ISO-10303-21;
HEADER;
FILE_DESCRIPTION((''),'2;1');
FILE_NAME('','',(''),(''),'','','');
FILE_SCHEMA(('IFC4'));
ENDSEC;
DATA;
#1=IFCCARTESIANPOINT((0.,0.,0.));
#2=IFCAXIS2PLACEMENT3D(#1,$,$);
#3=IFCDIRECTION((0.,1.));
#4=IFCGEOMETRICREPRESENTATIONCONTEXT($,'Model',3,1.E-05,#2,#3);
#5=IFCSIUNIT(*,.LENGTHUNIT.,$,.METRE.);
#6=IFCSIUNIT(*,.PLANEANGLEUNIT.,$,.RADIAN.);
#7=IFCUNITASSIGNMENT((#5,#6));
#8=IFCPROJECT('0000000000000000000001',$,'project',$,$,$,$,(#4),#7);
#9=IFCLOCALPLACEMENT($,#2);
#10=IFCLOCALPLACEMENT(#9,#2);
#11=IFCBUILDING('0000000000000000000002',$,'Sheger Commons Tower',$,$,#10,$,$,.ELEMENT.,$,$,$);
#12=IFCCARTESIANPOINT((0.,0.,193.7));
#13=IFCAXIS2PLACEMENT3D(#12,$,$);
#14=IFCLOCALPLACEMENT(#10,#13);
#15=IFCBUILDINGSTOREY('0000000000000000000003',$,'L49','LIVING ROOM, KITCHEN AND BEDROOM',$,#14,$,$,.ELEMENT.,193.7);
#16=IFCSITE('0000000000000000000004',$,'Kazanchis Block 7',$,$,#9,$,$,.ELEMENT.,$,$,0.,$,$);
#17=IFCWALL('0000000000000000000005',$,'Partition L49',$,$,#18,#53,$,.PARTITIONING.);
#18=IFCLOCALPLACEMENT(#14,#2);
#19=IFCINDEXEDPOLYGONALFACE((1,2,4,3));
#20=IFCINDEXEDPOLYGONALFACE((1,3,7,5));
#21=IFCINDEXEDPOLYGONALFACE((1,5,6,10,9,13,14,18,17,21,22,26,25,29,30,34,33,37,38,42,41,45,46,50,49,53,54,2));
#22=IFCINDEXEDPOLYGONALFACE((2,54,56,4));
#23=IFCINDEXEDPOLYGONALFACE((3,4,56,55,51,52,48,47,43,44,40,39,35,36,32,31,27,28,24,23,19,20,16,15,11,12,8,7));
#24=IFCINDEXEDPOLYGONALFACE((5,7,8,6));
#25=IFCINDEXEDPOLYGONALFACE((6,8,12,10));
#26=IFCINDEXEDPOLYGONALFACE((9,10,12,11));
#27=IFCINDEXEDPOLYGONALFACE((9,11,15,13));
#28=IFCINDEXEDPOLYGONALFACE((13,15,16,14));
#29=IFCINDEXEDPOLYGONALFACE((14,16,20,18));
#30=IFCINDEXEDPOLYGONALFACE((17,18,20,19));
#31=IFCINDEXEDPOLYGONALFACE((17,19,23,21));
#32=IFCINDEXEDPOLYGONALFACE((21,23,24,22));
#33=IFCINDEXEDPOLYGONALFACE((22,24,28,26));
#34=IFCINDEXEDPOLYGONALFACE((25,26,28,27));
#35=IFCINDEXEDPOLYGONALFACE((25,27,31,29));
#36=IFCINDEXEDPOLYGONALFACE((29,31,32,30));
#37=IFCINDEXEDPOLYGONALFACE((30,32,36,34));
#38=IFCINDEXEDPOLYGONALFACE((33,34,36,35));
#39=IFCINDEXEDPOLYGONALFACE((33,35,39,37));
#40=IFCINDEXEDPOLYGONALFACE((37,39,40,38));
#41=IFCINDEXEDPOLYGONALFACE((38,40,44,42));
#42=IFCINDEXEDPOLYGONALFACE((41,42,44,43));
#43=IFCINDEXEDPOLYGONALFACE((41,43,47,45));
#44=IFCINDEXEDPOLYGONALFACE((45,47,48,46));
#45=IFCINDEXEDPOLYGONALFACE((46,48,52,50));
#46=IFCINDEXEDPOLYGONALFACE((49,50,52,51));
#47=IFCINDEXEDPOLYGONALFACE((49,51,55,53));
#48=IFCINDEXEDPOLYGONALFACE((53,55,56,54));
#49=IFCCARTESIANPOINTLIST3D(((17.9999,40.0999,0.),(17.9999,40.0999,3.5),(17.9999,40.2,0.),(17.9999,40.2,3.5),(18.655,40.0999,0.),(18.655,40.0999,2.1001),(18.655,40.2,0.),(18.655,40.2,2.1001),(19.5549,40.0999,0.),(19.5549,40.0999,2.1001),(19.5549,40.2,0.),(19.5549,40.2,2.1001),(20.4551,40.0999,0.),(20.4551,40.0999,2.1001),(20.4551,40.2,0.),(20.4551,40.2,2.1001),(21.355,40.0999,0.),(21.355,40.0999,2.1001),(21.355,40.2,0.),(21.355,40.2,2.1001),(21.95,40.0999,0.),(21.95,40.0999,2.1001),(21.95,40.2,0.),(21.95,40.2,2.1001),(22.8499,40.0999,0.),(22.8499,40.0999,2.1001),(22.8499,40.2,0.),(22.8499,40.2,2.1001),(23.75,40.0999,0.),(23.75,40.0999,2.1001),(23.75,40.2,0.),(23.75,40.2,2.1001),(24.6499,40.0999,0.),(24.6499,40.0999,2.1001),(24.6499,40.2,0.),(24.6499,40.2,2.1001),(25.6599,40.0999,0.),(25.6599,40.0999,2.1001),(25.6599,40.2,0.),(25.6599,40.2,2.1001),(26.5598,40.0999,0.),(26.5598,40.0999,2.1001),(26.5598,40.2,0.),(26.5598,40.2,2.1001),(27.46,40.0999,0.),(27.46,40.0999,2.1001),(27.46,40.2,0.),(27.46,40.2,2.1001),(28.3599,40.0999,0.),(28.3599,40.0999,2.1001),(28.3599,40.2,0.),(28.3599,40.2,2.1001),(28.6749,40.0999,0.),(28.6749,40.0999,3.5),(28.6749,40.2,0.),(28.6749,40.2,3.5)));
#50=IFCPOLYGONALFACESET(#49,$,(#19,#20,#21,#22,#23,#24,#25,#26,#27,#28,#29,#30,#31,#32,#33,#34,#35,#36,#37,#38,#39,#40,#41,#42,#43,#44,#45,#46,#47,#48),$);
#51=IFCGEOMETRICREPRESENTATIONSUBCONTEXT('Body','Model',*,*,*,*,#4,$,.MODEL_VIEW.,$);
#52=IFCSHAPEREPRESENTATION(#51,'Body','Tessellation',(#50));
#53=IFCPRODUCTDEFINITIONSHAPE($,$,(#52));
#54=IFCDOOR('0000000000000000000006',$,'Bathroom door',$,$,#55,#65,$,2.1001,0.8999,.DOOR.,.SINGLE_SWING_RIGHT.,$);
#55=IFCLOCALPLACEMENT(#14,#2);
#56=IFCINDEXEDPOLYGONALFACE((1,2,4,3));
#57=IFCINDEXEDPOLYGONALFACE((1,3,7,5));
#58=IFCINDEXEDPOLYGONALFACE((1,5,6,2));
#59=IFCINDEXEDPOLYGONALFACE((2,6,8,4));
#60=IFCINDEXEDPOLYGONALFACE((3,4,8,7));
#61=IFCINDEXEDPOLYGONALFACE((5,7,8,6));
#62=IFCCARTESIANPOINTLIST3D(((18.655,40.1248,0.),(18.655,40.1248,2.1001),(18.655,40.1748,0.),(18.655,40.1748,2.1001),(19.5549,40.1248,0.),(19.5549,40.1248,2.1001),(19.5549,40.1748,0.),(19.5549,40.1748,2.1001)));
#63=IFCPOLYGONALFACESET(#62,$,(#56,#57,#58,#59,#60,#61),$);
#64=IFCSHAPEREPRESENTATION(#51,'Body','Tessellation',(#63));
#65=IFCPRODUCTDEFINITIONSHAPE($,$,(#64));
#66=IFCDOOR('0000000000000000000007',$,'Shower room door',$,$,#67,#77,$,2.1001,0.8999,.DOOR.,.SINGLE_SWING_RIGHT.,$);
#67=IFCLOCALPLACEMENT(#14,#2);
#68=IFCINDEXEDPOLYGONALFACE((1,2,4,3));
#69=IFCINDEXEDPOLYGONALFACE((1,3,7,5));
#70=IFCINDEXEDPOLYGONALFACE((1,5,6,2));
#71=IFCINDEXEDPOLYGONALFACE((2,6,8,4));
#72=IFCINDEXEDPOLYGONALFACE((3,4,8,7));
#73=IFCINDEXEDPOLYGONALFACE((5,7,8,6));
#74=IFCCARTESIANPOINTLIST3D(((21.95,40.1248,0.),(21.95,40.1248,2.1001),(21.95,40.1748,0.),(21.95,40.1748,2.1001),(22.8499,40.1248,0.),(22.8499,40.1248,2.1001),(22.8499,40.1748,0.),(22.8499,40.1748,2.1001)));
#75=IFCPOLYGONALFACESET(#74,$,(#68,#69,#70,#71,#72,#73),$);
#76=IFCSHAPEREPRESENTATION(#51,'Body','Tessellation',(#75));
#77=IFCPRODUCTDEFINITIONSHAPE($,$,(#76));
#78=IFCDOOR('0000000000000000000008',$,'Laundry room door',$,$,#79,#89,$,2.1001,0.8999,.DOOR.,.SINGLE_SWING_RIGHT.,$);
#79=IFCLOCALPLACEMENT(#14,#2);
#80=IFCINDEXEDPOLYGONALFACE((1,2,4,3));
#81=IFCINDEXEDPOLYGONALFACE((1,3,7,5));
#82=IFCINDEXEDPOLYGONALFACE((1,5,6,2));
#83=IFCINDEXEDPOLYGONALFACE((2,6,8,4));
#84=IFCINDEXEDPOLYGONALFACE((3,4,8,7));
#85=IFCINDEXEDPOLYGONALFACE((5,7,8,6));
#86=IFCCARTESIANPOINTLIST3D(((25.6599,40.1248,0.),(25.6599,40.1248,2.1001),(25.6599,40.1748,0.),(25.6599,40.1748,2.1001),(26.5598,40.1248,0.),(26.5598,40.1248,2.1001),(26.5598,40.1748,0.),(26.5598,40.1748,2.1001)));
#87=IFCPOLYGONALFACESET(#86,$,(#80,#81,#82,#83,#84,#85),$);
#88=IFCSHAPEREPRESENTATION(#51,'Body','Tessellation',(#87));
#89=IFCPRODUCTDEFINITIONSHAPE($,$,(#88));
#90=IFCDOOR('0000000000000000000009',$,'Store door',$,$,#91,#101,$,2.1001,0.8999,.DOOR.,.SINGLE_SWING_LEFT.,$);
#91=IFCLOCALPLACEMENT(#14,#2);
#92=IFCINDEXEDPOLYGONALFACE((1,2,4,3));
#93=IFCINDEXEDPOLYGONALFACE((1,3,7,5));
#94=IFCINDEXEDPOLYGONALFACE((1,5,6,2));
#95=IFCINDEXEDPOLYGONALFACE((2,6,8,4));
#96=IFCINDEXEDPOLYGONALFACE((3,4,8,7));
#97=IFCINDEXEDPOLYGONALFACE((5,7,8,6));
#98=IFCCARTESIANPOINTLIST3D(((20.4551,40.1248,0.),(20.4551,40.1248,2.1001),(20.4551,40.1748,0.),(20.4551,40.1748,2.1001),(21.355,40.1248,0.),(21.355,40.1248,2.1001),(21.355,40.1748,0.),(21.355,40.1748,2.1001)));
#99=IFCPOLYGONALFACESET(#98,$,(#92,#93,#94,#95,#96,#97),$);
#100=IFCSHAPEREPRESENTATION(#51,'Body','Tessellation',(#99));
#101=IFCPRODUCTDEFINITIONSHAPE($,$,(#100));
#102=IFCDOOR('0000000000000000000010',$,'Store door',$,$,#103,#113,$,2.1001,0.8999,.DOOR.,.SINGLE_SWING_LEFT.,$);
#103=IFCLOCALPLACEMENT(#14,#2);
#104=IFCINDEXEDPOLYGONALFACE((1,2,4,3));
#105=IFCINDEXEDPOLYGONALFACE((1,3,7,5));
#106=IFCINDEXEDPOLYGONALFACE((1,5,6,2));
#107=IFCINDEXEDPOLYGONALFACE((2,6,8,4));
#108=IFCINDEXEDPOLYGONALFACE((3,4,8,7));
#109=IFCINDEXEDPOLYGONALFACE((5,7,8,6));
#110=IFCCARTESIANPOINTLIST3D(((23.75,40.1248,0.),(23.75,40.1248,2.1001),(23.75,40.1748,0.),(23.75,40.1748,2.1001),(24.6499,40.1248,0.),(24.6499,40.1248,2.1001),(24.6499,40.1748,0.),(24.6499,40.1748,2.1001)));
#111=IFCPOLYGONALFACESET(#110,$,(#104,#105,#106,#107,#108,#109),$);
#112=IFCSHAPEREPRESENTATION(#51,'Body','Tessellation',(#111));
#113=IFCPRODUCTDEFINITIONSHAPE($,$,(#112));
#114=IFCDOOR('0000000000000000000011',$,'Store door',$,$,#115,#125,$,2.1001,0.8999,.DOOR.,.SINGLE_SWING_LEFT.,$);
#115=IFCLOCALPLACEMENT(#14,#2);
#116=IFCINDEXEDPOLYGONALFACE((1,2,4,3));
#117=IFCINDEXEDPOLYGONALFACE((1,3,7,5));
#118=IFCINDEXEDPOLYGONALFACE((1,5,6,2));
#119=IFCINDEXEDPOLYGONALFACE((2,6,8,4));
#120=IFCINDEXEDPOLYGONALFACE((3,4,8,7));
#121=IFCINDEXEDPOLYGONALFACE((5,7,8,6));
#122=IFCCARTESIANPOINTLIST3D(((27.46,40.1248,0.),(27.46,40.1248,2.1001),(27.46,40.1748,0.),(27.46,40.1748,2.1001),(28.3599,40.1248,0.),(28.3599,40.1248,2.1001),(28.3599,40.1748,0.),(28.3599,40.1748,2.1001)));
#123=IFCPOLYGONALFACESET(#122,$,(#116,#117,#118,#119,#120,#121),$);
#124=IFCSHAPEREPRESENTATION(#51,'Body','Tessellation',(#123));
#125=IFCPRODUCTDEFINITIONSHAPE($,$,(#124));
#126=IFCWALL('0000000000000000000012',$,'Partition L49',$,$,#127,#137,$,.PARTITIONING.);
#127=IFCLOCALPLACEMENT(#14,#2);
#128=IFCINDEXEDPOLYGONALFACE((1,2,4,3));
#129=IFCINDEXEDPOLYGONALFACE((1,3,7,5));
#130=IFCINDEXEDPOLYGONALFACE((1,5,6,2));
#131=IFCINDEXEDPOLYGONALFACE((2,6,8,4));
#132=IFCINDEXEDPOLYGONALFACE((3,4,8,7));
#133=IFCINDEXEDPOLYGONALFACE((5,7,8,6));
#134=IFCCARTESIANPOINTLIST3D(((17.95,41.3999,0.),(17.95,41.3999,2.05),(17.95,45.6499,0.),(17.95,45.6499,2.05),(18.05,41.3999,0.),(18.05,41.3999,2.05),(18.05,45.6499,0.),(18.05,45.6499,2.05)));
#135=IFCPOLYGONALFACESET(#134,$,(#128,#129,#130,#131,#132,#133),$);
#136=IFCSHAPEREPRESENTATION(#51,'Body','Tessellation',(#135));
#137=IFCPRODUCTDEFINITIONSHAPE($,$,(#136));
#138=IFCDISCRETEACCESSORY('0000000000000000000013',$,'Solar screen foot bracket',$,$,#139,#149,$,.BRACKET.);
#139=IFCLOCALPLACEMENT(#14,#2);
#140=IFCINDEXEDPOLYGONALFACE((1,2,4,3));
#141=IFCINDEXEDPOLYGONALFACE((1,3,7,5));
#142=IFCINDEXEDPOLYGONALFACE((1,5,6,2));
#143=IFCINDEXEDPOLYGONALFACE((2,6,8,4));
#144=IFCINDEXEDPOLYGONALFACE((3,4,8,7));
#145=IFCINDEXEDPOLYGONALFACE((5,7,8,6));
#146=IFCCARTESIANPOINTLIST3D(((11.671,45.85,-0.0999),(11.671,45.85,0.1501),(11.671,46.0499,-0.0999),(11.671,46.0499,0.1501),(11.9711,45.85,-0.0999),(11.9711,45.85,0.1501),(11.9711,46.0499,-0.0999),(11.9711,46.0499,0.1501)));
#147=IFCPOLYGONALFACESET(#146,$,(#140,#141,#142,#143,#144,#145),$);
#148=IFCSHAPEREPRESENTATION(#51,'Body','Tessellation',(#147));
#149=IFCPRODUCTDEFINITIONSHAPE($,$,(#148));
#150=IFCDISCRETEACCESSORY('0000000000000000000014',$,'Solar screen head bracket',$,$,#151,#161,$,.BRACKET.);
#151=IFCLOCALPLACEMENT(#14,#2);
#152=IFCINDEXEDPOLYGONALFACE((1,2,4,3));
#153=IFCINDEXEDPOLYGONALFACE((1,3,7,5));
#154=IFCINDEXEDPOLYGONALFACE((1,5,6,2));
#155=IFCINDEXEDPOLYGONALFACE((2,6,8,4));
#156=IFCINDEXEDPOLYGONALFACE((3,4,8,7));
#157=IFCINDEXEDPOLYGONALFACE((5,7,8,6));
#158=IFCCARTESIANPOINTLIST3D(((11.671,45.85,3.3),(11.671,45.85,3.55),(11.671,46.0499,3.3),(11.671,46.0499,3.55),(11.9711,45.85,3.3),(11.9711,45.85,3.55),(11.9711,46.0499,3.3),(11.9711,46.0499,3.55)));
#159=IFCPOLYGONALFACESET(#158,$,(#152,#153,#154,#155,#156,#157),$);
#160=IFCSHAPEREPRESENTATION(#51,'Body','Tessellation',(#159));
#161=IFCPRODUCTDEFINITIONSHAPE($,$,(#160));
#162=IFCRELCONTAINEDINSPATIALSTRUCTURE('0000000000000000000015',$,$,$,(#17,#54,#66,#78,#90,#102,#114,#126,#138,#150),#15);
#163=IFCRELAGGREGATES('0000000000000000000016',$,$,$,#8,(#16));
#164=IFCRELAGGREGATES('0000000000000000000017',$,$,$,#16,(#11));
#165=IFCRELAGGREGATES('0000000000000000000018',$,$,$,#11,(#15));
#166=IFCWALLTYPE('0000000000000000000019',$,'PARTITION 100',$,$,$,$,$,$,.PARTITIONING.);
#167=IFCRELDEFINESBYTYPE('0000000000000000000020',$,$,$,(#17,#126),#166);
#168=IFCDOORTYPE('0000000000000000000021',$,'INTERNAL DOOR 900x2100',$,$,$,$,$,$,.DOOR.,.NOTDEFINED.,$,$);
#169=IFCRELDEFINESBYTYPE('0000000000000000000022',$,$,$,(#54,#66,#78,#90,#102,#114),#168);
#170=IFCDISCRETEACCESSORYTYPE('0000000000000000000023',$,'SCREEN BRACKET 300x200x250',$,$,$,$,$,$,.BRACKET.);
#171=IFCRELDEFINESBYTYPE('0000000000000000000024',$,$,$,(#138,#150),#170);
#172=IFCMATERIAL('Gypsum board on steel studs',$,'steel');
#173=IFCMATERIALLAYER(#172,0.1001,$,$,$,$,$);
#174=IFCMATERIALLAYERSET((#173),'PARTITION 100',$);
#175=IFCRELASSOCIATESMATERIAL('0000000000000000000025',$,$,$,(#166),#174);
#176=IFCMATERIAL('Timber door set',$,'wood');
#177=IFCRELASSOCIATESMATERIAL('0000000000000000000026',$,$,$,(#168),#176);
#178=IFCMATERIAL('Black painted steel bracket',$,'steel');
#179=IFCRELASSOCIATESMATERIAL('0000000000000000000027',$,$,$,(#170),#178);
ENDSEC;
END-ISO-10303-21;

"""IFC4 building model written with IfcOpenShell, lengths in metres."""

from ifc_helpers import new_model, si_unit, direction, frame, frame_2d, origin, origin_2d, place, context, subcontext, project, spatial, rectangle, extrude, material, layer, layer_set, type_object, element, fill, save


model = new_model("IFC4")

# Units and contexts
model_context = context("Model", 3, precision=1e-05, world=origin(), true_north=direction((0.0, 1.0)))
body_context = subcontext(model_context, "Body", "Model", "MODEL_VIEW")
ifc_project = project(units=[si_unit("LENGTHUNIT", "METRE"), si_unit("PLANEANGLEUNIT", "RADIAN")], contexts=[model_context])

# Site, building, storey
site_placement = place(None, origin())
site = spatial("IfcSite", under=ifc_project, at=site_placement, Name="Kazanchis Block 7", CompositionType="ELEMENT", RefElevation=0.0)
building_placement = place(site_placement, origin())
building = spatial("IfcBuilding", under=site, at=building_placement, Name="Sheger Commons Tower", CompositionType="ELEMENT")
storey_placement = place(building_placement, frame((0.0, 0.0, 193.7)))
storey = spatial("IfcBuildingStorey", under=building, at=storey_placement, Name="L49", Description="LIVING ROOM, KITCHEN AND BEDROOM", CompositionType="ELEMENT", Elevation=193.7)

# Wall, openings, doors
ifc_material_1 = material(Name="Gypsum board on steel studs", Category="steel")
ifc_layer_1 = layer(ifc_material_1, 0.1001)
ifc_layer_set_1 = layer_set([ifc_layer_1], Name="PARTITION 100")
wall_type_1 = type_object("IfcWallType", Name="PARTITION 100", PredefinedType="PARTITIONING", material=ifc_layer_set_1)
ifc_material_2 = material(Name="Timber door set", Category="wood")
door_type = type_object("IfcDoorType", Name="INTERNAL DOOR 900x2100", OperationType="NOTDEFINED", PredefinedType="DOOR", material=ifc_material_2)
wall_1_placement = place(storey_placement, frame((18.0, 40.1499, 0.0), z_axis=(0.0, 0.0, 1.0), x_axis=(1.0, 0.0, 0.0)))
wall_1 = element("IfcWall", 1, at=wall_1_placement, inside=storey, type_object=wall_type_1, Name="Partition L49", PredefinedType="PARTITIONING", context=body_context, shape_type="SweptSolid", body=[
    extrude(rectangle(XDim=10.675, YDim=0.1001, at=frame_2d((5.3374, 0.0))), origin(), (0.0, 0.0, 1.0), 3.5),
])
opening_1_placement = place(wall_1_placement, frame((0.655, 0.0, 0.0)))
opening_1 = element("IfcOpeningElement", 2, at=opening_1_placement, cuts=wall_1, PredefinedType="OPENING", context=body_context, shape_type="SweptSolid", body=[
    extrude(rectangle(XDim=0.8999, YDim=2.1001, at=frame_2d((0.45, 1.05))), frame((0.0, 0.0601, 0.0), z_axis=(0.0, -1.0, 0.0), x_axis=(1.0, 0.0, 0.0)), (0.0, 0.0, 1.0), 0.1201),
])
opening_2_placement = place(wall_1_placement, frame((3.95, 0.0, 0.0)))
opening_2 = element("IfcOpeningElement", 3, at=opening_2_placement, cuts=wall_1, PredefinedType="OPENING", context=body_context, shape_type="SweptSolid", body=[
    extrude(rectangle(XDim=0.8999, YDim=2.1001, at=frame_2d((0.45, 1.05))), frame((0.0, 0.0601, 0.0), z_axis=(0.0, -1.0, 0.0), x_axis=(1.0, 0.0, 0.0)), (0.0, 0.0, 1.0), 0.1201),
])
opening_3_placement = place(wall_1_placement, frame((7.6599, 0.0, 0.0)))
opening_3 = element("IfcOpeningElement", 4, at=opening_3_placement, cuts=wall_1, PredefinedType="OPENING", context=body_context, shape_type="SweptSolid", body=[
    extrude(rectangle(XDim=0.8999, YDim=2.1001, at=frame_2d((0.45, 1.05))), frame((0.0, 0.0601, 0.0), z_axis=(0.0, -1.0, 0.0), x_axis=(1.0, 0.0, 0.0)), (0.0, 0.0, 1.0), 0.1201),
])
opening_4_placement = place(wall_1_placement, frame((2.4551, 0.0, 0.0)))
opening_4 = element("IfcOpeningElement", 5, at=opening_4_placement, cuts=wall_1, PredefinedType="OPENING", context=body_context, shape_type="SweptSolid", body=[
    extrude(rectangle(XDim=0.8999, YDim=2.1001, at=frame_2d((0.45, 1.05))), frame((0.0, 0.0601, 0.0), z_axis=(0.0, -1.0, 0.0), x_axis=(1.0, 0.0, 0.0)), (0.0, 0.0, 1.0), 0.1201),
])
opening_5_placement = place(wall_1_placement, frame((5.75, 0.0, 0.0)))
opening_5 = element("IfcOpeningElement", 6, at=opening_5_placement, cuts=wall_1, PredefinedType="OPENING", context=body_context, shape_type="SweptSolid", body=[
    extrude(rectangle(XDim=0.8999, YDim=2.1001, at=frame_2d((0.45, 1.05))), frame((0.0, 0.0601, 0.0), z_axis=(0.0, -1.0, 0.0), x_axis=(1.0, 0.0, 0.0)), (0.0, 0.0, 1.0), 0.1201),
])
opening_6_placement = place(wall_1_placement, frame((9.46, 0.0, 0.0)))
opening_6 = element("IfcOpeningElement", 7, at=opening_6_placement, cuts=wall_1, PredefinedType="OPENING", context=body_context, shape_type="SweptSolid", body=[
    extrude(rectangle(XDim=0.8999, YDim=2.1001, at=frame_2d((0.45, 1.05))), frame((0.0, 0.0601, 0.0), z_axis=(0.0, -1.0, 0.0), x_axis=(1.0, 0.0, 0.0)), (0.0, 0.0, 1.0), 0.1201),
])
door_1_placement = place(opening_1_placement, origin())
door_1 = element("IfcDoor", 8, at=door_1_placement, inside=storey, type_object=door_type, Name="Bathroom door", OperationType="SINGLE_SWING_RIGHT", OverallHeight=2.1001, OverallWidth=0.8999, PredefinedType="DOOR", context=body_context, shape_type="SweptSolid", body=[
    extrude(rectangle(XDim=0.8999, YDim=2.1001, at=frame_2d((0.45, 1.05))), frame((0.0, 0.0249, 0.0), z_axis=(0.0, -1.0, 0.0), x_axis=(1.0, 0.0, 0.0)), (0.0, 0.0, 1.0), 0.05),
])
fill(opening_1, door_1)
door_2_placement = place(opening_2_placement, origin())
door_2 = element("IfcDoor", 9, at=door_2_placement, inside=storey, type_object=door_type, Name="Shower room door", OperationType="SINGLE_SWING_RIGHT", OverallHeight=2.1001, OverallWidth=0.8999, PredefinedType="DOOR", context=body_context, shape_type="SweptSolid", body=[
    extrude(rectangle(XDim=0.8999, YDim=2.1001, at=frame_2d((0.45, 1.05))), frame((0.0, 0.0249, 0.0), z_axis=(0.0, -1.0, 0.0), x_axis=(1.0, 0.0, 0.0)), (0.0, 0.0, 1.0), 0.05),
])
fill(opening_2, door_2)
door_3_placement = place(opening_3_placement, origin())
door_3 = element("IfcDoor", 10, at=door_3_placement, inside=storey, type_object=door_type, Name="Laundry room door", OperationType="SINGLE_SWING_RIGHT", OverallHeight=2.1001, OverallWidth=0.8999, PredefinedType="DOOR", context=body_context, shape_type="SweptSolid", body=[
    extrude(rectangle(XDim=0.8999, YDim=2.1001, at=frame_2d((0.45, 1.05))), frame((0.0, 0.0249, 0.0), z_axis=(0.0, -1.0, 0.0), x_axis=(1.0, 0.0, 0.0)), (0.0, 0.0, 1.0), 0.05),
])
fill(opening_3, door_3)
door_4_placement = place(opening_4_placement, origin())
door_4 = element("IfcDoor", 11, at=door_4_placement, inside=storey, type_object=door_type, Name="Store door", OperationType="SINGLE_SWING_LEFT", OverallHeight=2.1001, OverallWidth=0.8999, PredefinedType="DOOR", context=body_context, shape_type="SweptSolid", body=[
    extrude(rectangle(XDim=0.8999, YDim=2.1001, at=frame_2d((0.45, 1.05))), frame((0.0, 0.0249, 0.0), z_axis=(0.0, -1.0, 0.0), x_axis=(1.0, 0.0, 0.0)), (0.0, 0.0, 1.0), 0.05),
])
fill(opening_4, door_4)
door_5_placement = place(opening_5_placement, origin())
door_5 = element("IfcDoor", 12, at=door_5_placement, inside=storey, type_object=door_type, Name="Store door", OperationType="SINGLE_SWING_LEFT", OverallHeight=2.1001, OverallWidth=0.8999, PredefinedType="DOOR", context=body_context, shape_type="SweptSolid", body=[
    extrude(rectangle(XDim=0.8999, YDim=2.1001, at=frame_2d((0.45, 1.05))), frame((0.0, 0.0249, 0.0), z_axis=(0.0, -1.0, 0.0), x_axis=(1.0, 0.0, 0.0)), (0.0, 0.0, 1.0), 0.05),
])
fill(opening_5, door_5)
door_6_placement = place(opening_6_placement, origin())
door_6 = element("IfcDoor", 13, at=door_6_placement, inside=storey, type_object=door_type, Name="Store door", OperationType="SINGLE_SWING_LEFT", OverallHeight=2.1001, OverallWidth=0.8999, PredefinedType="DOOR", context=body_context, shape_type="SweptSolid", body=[
    extrude(rectangle(XDim=0.8999, YDim=2.1001, at=frame_2d((0.45, 1.05))), frame((0.0, 0.0249, 0.0), z_axis=(0.0, -1.0, 0.0), x_axis=(1.0, 0.0, 0.0)), (0.0, 0.0, 1.0), 0.05),
])
fill(opening_6, door_6)

# Wall
wall_2_placement = place(storey_placement, frame((18.0, 41.3999, 0.0), z_axis=(0.0, 0.0, 1.0), x_axis=(0.0, 1.0, 0.0)))
element("IfcWall", 14, at=wall_2_placement, inside=storey, type_object=wall_type_1, Name="Partition L49", PredefinedType="PARTITIONING", context=body_context, shape_type="SweptSolid", body=[
    extrude(rectangle(XDim=4.25, YDim=0.1001, at=frame_2d((2.125, 0.0))), origin(), (0.0, 0.0, 1.0), 2.05),
])

# Discrete accessories
ifc_material_3 = material(Name="Black painted steel bracket", Category="steel")
discrete_accessory_type = type_object("IfcDiscreteAccessoryType", Name="SCREEN BRACKET 300x200x250", PredefinedType="BRACKET", material=ifc_material_3)
for number, where, z_axis, x_axis, name in (
    (15, (11.821, 45.95, -0.0999), (0.0, 0.0, 1.0), (-1.0, 0.0, 0.0), "Solar screen foot bracket"),
    (16, (11.821, 45.95, 3.3), (0.0, 0.0, 1.0), (-1.0, 0.0, 0.0), "Solar screen head bracket"),
):
    element("IfcDiscreteAccessory", number, at=place(storey_placement, frame(where, z_axis=z_axis, x_axis=x_axis)), inside=storey, type_object=discrete_accessory_type, Name=name, PredefinedType="BRACKET", context=body_context, shape_type="SweptSolid", body=[
        extrude(rectangle(XDim=0.3, YDim=0.2, at=origin_2d()), origin(), (0.0, 0.0, 1.0), 0.25),
    ])

save(model, "model.ifc")
